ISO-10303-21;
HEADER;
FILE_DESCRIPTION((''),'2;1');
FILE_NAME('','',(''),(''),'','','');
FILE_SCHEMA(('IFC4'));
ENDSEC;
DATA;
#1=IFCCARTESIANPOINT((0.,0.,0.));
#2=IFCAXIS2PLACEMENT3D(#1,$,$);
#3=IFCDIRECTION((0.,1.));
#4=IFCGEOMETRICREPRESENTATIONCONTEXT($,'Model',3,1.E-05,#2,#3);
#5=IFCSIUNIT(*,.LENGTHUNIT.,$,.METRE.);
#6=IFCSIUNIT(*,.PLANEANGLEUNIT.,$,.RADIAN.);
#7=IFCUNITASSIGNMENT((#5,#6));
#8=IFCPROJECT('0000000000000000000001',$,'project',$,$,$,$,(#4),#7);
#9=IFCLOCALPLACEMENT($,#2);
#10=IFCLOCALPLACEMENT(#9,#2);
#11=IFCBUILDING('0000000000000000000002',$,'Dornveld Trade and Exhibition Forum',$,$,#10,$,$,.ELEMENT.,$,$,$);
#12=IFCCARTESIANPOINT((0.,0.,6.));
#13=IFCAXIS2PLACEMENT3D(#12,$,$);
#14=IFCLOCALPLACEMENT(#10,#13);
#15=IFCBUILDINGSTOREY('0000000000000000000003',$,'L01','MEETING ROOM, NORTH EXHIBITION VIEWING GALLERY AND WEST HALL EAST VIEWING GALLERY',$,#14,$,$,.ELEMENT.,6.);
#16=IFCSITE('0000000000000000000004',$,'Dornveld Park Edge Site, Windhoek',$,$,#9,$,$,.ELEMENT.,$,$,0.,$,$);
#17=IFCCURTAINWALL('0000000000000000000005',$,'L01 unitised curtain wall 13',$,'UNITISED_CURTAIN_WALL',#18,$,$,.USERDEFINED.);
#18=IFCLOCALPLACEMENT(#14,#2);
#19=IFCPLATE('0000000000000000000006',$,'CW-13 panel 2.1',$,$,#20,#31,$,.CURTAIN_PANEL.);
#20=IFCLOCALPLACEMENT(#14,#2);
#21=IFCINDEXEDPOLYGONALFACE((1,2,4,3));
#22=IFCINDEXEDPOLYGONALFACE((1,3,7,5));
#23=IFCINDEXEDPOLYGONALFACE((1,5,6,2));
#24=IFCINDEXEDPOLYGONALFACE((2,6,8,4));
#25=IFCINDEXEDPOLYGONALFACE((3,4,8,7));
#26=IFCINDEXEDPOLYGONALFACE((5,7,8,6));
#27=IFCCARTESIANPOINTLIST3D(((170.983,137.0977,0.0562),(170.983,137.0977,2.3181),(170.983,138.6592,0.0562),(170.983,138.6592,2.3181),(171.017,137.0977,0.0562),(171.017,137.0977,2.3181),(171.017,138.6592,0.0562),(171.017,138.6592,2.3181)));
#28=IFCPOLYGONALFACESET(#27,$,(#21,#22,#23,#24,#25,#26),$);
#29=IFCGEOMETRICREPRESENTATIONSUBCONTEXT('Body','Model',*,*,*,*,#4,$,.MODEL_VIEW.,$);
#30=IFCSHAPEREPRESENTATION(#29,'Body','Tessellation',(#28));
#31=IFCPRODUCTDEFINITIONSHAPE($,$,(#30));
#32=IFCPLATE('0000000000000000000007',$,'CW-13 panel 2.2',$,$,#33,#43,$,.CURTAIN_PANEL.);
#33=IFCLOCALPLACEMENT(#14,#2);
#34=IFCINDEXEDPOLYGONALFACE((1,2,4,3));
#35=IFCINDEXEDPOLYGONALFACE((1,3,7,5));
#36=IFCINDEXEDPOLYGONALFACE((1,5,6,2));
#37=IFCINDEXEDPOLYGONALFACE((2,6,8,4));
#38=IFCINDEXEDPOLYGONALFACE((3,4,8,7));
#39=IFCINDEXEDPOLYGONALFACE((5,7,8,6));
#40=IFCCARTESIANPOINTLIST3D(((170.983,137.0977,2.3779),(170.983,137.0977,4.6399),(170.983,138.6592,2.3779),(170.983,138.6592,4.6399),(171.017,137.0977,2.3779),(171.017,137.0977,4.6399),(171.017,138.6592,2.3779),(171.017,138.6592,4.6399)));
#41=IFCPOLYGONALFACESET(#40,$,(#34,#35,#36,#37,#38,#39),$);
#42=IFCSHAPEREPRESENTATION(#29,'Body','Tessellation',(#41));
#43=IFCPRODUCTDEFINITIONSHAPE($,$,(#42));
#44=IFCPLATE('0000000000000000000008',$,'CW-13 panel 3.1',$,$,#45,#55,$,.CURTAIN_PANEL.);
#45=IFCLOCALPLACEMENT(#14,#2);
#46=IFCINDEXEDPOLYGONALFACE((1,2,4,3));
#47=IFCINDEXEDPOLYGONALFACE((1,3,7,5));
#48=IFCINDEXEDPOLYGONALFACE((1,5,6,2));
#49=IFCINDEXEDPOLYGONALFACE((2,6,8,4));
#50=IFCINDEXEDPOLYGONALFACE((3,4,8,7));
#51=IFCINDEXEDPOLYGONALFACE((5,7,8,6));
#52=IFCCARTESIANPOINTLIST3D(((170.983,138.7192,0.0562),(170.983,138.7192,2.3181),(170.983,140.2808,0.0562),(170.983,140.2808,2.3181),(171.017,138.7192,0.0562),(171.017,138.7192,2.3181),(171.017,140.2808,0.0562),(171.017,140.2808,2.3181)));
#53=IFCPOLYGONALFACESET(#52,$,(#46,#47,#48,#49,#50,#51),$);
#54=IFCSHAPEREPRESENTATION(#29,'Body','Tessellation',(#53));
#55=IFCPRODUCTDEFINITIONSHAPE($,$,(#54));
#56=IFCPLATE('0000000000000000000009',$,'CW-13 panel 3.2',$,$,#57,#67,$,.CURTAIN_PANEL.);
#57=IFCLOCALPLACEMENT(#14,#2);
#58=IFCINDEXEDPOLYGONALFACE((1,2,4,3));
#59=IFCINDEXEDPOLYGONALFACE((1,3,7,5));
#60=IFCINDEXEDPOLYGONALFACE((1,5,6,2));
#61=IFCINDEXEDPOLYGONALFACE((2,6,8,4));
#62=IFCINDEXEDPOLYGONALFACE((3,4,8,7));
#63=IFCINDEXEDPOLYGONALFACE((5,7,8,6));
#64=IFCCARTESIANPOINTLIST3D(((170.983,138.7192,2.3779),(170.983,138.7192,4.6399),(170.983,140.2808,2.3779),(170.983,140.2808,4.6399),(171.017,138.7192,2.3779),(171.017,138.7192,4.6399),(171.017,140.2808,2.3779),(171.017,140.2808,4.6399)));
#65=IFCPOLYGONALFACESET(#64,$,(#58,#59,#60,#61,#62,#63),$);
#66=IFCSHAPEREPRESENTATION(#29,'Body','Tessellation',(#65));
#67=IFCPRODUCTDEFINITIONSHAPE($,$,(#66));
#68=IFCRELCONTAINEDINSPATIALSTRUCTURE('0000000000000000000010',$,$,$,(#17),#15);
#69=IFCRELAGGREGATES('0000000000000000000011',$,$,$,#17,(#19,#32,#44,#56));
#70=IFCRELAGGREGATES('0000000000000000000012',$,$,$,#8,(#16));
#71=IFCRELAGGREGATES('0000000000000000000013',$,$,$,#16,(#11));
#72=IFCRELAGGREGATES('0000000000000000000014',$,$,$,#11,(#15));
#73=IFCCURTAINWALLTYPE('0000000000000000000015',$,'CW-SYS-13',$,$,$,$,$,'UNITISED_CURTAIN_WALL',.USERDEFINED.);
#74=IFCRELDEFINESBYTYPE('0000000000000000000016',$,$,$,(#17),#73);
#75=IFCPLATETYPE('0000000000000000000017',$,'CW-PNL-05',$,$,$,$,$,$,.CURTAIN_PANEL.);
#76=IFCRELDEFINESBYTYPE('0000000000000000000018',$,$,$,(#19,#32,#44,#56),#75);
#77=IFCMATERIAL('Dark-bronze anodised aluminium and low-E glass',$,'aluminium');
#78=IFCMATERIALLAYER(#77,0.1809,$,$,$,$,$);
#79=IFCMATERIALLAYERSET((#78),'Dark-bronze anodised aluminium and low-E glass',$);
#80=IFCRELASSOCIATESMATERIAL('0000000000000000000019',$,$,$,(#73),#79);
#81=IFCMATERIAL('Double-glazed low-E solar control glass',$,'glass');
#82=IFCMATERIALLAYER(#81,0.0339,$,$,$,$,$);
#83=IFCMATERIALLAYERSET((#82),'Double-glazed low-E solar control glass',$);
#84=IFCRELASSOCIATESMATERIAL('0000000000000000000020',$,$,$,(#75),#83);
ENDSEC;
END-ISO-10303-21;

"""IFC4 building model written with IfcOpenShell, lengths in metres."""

from ifc_helpers import new_model, si_unit, direction, frame, origin, origin_2d, place, context, subcontext, project, spatial, rectangle, extrude, material, layer, layer_set, type_object, element, aggregate, save


model = new_model("IFC4")

# Units and contexts
model_context = context("Model", 3, precision=1e-05, world=origin(), true_north=direction((0.0, 1.0)))
body_context = subcontext(model_context, "Body", "Model", "MODEL_VIEW")
ifc_project = project(units=[si_unit("LENGTHUNIT", "METRE"), si_unit("PLANEANGLEUNIT", "RADIAN")], contexts=[model_context])

# Site, building, storey
site_placement = place(None, origin())
site = spatial("IfcSite", under=ifc_project, at=site_placement, Name="Dornveld Park Edge Site, Windhoek", CompositionType="ELEMENT", RefElevation=0.0)
building_placement = place(site_placement, origin())
building = spatial("IfcBuilding", under=site, at=building_placement, Name="Dornveld Trade and Exhibition Forum", CompositionType="ELEMENT")
storey_placement = place(building_placement, frame((0.0, 0.0, 6.0)))
storey = spatial("IfcBuildingStorey", under=building, at=storey_placement, Name="L01", Description="MEETING ROOM, NORTH EXHIBITION VIEWING GALLERY AND WEST HALL EAST VIEWING GALLERY", CompositionType="ELEMENT", Elevation=6.0)

# Curtain wall
ifc_material_1 = material(Name="Dark-bronze anodised aluminium and low-E glass", Category="aluminium")
ifc_layer_1 = layer(ifc_material_1, 0.1809)
ifc_layer_set_1 = layer_set([ifc_layer_1], Name="Dark-bronze anodised aluminium and low-E glass")
curtain_wall_type_1 = type_object("IfcCurtainWallType", Name="CW-SYS-13", ElementType="UNITISED_CURTAIN_WALL", PredefinedType="USERDEFINED", material=ifc_layer_set_1)
curtain_wall_1_placement = place(storey_placement, origin())
curtain_wall_1 = element("IfcCurtainWall", 1, at=curtain_wall_1_placement, inside=storey, type_object=curtain_wall_type_1, Name="L01 unitised curtain wall 13", ObjectType="UNITISED_CURTAIN_WALL", PredefinedType="USERDEFINED")

# Plates
ifc_material_2 = material(Name="Double-glazed low-E solar control glass", Category="glass")
ifc_layer_2 = layer(ifc_material_2, 0.0339)
ifc_layer_set_2 = layer_set([ifc_layer_2], Name="Double-glazed low-E solar control glass")
plate_type_1 = type_object("IfcPlateType", Name="CW-PNL-05", PredefinedType="CURTAIN_PANEL", material=ifc_layer_set_2)
plate_1_placement = place(storey_placement, frame((171.0, 137.8784, 0.0562), z_axis=(0.0, 0.0, 1.0), x_axis=(0.0, 1.0, 0.0)))
plate_1 = element("IfcPlate", 2, at=plate_1_placement, type_object=plate_type_1, Name="CW-13 panel 2.1", PredefinedType="CURTAIN_PANEL", context=body_context, shape_type="SweptSolid", body=[
    extrude(rectangle(XDim=1.5615, YDim=0.0339, at=origin_2d()), origin(), (0.0, 0.0, 1.0), 2.262),
])
plate_2_placement = place(storey_placement, frame((171.0, 137.8784, 2.3779), z_axis=(0.0, 0.0, 1.0), x_axis=(0.0, 1.0, 0.0)))
plate_2 = element("IfcPlate", 3, at=plate_2_placement, type_object=plate_type_1, Name="CW-13 panel 2.2", PredefinedType="CURTAIN_PANEL", context=body_context, shape_type="SweptSolid", body=[
    extrude(rectangle(XDim=1.5615, YDim=0.0339, at=origin_2d()), origin(), (0.0, 0.0, 1.0), 2.262),
])
plate_3_placement = place(storey_placement, frame((171.0, 139.5, 0.0562), z_axis=(0.0, 0.0, 1.0), x_axis=(0.0, 1.0, 0.0)))
plate_3 = element("IfcPlate", 4, at=plate_3_placement, type_object=plate_type_1, Name="CW-13 panel 3.1", PredefinedType="CURTAIN_PANEL", context=body_context, shape_type="SweptSolid", body=[
    extrude(rectangle(XDim=1.5615, YDim=0.0339, at=origin_2d()), origin(), (0.0, 0.0, 1.0), 2.262),
])
plate_4_placement = place(storey_placement, frame((171.0, 139.5, 2.3779), z_axis=(0.0, 0.0, 1.0), x_axis=(0.0, 1.0, 0.0)))
plate_4 = element("IfcPlate", 5, at=plate_4_placement, type_object=plate_type_1, Name="CW-13 panel 3.2", PredefinedType="CURTAIN_PANEL", context=body_context, shape_type="SweptSolid", body=[
    extrude(rectangle(XDim=1.5615, YDim=0.0339, at=origin_2d()), origin(), (0.0, 0.0, 1.0), 2.262),
])
aggregate(curtain_wall_1, [plate_1, plate_2, plate_3, plate_4])

save(model, "model.ifc")
